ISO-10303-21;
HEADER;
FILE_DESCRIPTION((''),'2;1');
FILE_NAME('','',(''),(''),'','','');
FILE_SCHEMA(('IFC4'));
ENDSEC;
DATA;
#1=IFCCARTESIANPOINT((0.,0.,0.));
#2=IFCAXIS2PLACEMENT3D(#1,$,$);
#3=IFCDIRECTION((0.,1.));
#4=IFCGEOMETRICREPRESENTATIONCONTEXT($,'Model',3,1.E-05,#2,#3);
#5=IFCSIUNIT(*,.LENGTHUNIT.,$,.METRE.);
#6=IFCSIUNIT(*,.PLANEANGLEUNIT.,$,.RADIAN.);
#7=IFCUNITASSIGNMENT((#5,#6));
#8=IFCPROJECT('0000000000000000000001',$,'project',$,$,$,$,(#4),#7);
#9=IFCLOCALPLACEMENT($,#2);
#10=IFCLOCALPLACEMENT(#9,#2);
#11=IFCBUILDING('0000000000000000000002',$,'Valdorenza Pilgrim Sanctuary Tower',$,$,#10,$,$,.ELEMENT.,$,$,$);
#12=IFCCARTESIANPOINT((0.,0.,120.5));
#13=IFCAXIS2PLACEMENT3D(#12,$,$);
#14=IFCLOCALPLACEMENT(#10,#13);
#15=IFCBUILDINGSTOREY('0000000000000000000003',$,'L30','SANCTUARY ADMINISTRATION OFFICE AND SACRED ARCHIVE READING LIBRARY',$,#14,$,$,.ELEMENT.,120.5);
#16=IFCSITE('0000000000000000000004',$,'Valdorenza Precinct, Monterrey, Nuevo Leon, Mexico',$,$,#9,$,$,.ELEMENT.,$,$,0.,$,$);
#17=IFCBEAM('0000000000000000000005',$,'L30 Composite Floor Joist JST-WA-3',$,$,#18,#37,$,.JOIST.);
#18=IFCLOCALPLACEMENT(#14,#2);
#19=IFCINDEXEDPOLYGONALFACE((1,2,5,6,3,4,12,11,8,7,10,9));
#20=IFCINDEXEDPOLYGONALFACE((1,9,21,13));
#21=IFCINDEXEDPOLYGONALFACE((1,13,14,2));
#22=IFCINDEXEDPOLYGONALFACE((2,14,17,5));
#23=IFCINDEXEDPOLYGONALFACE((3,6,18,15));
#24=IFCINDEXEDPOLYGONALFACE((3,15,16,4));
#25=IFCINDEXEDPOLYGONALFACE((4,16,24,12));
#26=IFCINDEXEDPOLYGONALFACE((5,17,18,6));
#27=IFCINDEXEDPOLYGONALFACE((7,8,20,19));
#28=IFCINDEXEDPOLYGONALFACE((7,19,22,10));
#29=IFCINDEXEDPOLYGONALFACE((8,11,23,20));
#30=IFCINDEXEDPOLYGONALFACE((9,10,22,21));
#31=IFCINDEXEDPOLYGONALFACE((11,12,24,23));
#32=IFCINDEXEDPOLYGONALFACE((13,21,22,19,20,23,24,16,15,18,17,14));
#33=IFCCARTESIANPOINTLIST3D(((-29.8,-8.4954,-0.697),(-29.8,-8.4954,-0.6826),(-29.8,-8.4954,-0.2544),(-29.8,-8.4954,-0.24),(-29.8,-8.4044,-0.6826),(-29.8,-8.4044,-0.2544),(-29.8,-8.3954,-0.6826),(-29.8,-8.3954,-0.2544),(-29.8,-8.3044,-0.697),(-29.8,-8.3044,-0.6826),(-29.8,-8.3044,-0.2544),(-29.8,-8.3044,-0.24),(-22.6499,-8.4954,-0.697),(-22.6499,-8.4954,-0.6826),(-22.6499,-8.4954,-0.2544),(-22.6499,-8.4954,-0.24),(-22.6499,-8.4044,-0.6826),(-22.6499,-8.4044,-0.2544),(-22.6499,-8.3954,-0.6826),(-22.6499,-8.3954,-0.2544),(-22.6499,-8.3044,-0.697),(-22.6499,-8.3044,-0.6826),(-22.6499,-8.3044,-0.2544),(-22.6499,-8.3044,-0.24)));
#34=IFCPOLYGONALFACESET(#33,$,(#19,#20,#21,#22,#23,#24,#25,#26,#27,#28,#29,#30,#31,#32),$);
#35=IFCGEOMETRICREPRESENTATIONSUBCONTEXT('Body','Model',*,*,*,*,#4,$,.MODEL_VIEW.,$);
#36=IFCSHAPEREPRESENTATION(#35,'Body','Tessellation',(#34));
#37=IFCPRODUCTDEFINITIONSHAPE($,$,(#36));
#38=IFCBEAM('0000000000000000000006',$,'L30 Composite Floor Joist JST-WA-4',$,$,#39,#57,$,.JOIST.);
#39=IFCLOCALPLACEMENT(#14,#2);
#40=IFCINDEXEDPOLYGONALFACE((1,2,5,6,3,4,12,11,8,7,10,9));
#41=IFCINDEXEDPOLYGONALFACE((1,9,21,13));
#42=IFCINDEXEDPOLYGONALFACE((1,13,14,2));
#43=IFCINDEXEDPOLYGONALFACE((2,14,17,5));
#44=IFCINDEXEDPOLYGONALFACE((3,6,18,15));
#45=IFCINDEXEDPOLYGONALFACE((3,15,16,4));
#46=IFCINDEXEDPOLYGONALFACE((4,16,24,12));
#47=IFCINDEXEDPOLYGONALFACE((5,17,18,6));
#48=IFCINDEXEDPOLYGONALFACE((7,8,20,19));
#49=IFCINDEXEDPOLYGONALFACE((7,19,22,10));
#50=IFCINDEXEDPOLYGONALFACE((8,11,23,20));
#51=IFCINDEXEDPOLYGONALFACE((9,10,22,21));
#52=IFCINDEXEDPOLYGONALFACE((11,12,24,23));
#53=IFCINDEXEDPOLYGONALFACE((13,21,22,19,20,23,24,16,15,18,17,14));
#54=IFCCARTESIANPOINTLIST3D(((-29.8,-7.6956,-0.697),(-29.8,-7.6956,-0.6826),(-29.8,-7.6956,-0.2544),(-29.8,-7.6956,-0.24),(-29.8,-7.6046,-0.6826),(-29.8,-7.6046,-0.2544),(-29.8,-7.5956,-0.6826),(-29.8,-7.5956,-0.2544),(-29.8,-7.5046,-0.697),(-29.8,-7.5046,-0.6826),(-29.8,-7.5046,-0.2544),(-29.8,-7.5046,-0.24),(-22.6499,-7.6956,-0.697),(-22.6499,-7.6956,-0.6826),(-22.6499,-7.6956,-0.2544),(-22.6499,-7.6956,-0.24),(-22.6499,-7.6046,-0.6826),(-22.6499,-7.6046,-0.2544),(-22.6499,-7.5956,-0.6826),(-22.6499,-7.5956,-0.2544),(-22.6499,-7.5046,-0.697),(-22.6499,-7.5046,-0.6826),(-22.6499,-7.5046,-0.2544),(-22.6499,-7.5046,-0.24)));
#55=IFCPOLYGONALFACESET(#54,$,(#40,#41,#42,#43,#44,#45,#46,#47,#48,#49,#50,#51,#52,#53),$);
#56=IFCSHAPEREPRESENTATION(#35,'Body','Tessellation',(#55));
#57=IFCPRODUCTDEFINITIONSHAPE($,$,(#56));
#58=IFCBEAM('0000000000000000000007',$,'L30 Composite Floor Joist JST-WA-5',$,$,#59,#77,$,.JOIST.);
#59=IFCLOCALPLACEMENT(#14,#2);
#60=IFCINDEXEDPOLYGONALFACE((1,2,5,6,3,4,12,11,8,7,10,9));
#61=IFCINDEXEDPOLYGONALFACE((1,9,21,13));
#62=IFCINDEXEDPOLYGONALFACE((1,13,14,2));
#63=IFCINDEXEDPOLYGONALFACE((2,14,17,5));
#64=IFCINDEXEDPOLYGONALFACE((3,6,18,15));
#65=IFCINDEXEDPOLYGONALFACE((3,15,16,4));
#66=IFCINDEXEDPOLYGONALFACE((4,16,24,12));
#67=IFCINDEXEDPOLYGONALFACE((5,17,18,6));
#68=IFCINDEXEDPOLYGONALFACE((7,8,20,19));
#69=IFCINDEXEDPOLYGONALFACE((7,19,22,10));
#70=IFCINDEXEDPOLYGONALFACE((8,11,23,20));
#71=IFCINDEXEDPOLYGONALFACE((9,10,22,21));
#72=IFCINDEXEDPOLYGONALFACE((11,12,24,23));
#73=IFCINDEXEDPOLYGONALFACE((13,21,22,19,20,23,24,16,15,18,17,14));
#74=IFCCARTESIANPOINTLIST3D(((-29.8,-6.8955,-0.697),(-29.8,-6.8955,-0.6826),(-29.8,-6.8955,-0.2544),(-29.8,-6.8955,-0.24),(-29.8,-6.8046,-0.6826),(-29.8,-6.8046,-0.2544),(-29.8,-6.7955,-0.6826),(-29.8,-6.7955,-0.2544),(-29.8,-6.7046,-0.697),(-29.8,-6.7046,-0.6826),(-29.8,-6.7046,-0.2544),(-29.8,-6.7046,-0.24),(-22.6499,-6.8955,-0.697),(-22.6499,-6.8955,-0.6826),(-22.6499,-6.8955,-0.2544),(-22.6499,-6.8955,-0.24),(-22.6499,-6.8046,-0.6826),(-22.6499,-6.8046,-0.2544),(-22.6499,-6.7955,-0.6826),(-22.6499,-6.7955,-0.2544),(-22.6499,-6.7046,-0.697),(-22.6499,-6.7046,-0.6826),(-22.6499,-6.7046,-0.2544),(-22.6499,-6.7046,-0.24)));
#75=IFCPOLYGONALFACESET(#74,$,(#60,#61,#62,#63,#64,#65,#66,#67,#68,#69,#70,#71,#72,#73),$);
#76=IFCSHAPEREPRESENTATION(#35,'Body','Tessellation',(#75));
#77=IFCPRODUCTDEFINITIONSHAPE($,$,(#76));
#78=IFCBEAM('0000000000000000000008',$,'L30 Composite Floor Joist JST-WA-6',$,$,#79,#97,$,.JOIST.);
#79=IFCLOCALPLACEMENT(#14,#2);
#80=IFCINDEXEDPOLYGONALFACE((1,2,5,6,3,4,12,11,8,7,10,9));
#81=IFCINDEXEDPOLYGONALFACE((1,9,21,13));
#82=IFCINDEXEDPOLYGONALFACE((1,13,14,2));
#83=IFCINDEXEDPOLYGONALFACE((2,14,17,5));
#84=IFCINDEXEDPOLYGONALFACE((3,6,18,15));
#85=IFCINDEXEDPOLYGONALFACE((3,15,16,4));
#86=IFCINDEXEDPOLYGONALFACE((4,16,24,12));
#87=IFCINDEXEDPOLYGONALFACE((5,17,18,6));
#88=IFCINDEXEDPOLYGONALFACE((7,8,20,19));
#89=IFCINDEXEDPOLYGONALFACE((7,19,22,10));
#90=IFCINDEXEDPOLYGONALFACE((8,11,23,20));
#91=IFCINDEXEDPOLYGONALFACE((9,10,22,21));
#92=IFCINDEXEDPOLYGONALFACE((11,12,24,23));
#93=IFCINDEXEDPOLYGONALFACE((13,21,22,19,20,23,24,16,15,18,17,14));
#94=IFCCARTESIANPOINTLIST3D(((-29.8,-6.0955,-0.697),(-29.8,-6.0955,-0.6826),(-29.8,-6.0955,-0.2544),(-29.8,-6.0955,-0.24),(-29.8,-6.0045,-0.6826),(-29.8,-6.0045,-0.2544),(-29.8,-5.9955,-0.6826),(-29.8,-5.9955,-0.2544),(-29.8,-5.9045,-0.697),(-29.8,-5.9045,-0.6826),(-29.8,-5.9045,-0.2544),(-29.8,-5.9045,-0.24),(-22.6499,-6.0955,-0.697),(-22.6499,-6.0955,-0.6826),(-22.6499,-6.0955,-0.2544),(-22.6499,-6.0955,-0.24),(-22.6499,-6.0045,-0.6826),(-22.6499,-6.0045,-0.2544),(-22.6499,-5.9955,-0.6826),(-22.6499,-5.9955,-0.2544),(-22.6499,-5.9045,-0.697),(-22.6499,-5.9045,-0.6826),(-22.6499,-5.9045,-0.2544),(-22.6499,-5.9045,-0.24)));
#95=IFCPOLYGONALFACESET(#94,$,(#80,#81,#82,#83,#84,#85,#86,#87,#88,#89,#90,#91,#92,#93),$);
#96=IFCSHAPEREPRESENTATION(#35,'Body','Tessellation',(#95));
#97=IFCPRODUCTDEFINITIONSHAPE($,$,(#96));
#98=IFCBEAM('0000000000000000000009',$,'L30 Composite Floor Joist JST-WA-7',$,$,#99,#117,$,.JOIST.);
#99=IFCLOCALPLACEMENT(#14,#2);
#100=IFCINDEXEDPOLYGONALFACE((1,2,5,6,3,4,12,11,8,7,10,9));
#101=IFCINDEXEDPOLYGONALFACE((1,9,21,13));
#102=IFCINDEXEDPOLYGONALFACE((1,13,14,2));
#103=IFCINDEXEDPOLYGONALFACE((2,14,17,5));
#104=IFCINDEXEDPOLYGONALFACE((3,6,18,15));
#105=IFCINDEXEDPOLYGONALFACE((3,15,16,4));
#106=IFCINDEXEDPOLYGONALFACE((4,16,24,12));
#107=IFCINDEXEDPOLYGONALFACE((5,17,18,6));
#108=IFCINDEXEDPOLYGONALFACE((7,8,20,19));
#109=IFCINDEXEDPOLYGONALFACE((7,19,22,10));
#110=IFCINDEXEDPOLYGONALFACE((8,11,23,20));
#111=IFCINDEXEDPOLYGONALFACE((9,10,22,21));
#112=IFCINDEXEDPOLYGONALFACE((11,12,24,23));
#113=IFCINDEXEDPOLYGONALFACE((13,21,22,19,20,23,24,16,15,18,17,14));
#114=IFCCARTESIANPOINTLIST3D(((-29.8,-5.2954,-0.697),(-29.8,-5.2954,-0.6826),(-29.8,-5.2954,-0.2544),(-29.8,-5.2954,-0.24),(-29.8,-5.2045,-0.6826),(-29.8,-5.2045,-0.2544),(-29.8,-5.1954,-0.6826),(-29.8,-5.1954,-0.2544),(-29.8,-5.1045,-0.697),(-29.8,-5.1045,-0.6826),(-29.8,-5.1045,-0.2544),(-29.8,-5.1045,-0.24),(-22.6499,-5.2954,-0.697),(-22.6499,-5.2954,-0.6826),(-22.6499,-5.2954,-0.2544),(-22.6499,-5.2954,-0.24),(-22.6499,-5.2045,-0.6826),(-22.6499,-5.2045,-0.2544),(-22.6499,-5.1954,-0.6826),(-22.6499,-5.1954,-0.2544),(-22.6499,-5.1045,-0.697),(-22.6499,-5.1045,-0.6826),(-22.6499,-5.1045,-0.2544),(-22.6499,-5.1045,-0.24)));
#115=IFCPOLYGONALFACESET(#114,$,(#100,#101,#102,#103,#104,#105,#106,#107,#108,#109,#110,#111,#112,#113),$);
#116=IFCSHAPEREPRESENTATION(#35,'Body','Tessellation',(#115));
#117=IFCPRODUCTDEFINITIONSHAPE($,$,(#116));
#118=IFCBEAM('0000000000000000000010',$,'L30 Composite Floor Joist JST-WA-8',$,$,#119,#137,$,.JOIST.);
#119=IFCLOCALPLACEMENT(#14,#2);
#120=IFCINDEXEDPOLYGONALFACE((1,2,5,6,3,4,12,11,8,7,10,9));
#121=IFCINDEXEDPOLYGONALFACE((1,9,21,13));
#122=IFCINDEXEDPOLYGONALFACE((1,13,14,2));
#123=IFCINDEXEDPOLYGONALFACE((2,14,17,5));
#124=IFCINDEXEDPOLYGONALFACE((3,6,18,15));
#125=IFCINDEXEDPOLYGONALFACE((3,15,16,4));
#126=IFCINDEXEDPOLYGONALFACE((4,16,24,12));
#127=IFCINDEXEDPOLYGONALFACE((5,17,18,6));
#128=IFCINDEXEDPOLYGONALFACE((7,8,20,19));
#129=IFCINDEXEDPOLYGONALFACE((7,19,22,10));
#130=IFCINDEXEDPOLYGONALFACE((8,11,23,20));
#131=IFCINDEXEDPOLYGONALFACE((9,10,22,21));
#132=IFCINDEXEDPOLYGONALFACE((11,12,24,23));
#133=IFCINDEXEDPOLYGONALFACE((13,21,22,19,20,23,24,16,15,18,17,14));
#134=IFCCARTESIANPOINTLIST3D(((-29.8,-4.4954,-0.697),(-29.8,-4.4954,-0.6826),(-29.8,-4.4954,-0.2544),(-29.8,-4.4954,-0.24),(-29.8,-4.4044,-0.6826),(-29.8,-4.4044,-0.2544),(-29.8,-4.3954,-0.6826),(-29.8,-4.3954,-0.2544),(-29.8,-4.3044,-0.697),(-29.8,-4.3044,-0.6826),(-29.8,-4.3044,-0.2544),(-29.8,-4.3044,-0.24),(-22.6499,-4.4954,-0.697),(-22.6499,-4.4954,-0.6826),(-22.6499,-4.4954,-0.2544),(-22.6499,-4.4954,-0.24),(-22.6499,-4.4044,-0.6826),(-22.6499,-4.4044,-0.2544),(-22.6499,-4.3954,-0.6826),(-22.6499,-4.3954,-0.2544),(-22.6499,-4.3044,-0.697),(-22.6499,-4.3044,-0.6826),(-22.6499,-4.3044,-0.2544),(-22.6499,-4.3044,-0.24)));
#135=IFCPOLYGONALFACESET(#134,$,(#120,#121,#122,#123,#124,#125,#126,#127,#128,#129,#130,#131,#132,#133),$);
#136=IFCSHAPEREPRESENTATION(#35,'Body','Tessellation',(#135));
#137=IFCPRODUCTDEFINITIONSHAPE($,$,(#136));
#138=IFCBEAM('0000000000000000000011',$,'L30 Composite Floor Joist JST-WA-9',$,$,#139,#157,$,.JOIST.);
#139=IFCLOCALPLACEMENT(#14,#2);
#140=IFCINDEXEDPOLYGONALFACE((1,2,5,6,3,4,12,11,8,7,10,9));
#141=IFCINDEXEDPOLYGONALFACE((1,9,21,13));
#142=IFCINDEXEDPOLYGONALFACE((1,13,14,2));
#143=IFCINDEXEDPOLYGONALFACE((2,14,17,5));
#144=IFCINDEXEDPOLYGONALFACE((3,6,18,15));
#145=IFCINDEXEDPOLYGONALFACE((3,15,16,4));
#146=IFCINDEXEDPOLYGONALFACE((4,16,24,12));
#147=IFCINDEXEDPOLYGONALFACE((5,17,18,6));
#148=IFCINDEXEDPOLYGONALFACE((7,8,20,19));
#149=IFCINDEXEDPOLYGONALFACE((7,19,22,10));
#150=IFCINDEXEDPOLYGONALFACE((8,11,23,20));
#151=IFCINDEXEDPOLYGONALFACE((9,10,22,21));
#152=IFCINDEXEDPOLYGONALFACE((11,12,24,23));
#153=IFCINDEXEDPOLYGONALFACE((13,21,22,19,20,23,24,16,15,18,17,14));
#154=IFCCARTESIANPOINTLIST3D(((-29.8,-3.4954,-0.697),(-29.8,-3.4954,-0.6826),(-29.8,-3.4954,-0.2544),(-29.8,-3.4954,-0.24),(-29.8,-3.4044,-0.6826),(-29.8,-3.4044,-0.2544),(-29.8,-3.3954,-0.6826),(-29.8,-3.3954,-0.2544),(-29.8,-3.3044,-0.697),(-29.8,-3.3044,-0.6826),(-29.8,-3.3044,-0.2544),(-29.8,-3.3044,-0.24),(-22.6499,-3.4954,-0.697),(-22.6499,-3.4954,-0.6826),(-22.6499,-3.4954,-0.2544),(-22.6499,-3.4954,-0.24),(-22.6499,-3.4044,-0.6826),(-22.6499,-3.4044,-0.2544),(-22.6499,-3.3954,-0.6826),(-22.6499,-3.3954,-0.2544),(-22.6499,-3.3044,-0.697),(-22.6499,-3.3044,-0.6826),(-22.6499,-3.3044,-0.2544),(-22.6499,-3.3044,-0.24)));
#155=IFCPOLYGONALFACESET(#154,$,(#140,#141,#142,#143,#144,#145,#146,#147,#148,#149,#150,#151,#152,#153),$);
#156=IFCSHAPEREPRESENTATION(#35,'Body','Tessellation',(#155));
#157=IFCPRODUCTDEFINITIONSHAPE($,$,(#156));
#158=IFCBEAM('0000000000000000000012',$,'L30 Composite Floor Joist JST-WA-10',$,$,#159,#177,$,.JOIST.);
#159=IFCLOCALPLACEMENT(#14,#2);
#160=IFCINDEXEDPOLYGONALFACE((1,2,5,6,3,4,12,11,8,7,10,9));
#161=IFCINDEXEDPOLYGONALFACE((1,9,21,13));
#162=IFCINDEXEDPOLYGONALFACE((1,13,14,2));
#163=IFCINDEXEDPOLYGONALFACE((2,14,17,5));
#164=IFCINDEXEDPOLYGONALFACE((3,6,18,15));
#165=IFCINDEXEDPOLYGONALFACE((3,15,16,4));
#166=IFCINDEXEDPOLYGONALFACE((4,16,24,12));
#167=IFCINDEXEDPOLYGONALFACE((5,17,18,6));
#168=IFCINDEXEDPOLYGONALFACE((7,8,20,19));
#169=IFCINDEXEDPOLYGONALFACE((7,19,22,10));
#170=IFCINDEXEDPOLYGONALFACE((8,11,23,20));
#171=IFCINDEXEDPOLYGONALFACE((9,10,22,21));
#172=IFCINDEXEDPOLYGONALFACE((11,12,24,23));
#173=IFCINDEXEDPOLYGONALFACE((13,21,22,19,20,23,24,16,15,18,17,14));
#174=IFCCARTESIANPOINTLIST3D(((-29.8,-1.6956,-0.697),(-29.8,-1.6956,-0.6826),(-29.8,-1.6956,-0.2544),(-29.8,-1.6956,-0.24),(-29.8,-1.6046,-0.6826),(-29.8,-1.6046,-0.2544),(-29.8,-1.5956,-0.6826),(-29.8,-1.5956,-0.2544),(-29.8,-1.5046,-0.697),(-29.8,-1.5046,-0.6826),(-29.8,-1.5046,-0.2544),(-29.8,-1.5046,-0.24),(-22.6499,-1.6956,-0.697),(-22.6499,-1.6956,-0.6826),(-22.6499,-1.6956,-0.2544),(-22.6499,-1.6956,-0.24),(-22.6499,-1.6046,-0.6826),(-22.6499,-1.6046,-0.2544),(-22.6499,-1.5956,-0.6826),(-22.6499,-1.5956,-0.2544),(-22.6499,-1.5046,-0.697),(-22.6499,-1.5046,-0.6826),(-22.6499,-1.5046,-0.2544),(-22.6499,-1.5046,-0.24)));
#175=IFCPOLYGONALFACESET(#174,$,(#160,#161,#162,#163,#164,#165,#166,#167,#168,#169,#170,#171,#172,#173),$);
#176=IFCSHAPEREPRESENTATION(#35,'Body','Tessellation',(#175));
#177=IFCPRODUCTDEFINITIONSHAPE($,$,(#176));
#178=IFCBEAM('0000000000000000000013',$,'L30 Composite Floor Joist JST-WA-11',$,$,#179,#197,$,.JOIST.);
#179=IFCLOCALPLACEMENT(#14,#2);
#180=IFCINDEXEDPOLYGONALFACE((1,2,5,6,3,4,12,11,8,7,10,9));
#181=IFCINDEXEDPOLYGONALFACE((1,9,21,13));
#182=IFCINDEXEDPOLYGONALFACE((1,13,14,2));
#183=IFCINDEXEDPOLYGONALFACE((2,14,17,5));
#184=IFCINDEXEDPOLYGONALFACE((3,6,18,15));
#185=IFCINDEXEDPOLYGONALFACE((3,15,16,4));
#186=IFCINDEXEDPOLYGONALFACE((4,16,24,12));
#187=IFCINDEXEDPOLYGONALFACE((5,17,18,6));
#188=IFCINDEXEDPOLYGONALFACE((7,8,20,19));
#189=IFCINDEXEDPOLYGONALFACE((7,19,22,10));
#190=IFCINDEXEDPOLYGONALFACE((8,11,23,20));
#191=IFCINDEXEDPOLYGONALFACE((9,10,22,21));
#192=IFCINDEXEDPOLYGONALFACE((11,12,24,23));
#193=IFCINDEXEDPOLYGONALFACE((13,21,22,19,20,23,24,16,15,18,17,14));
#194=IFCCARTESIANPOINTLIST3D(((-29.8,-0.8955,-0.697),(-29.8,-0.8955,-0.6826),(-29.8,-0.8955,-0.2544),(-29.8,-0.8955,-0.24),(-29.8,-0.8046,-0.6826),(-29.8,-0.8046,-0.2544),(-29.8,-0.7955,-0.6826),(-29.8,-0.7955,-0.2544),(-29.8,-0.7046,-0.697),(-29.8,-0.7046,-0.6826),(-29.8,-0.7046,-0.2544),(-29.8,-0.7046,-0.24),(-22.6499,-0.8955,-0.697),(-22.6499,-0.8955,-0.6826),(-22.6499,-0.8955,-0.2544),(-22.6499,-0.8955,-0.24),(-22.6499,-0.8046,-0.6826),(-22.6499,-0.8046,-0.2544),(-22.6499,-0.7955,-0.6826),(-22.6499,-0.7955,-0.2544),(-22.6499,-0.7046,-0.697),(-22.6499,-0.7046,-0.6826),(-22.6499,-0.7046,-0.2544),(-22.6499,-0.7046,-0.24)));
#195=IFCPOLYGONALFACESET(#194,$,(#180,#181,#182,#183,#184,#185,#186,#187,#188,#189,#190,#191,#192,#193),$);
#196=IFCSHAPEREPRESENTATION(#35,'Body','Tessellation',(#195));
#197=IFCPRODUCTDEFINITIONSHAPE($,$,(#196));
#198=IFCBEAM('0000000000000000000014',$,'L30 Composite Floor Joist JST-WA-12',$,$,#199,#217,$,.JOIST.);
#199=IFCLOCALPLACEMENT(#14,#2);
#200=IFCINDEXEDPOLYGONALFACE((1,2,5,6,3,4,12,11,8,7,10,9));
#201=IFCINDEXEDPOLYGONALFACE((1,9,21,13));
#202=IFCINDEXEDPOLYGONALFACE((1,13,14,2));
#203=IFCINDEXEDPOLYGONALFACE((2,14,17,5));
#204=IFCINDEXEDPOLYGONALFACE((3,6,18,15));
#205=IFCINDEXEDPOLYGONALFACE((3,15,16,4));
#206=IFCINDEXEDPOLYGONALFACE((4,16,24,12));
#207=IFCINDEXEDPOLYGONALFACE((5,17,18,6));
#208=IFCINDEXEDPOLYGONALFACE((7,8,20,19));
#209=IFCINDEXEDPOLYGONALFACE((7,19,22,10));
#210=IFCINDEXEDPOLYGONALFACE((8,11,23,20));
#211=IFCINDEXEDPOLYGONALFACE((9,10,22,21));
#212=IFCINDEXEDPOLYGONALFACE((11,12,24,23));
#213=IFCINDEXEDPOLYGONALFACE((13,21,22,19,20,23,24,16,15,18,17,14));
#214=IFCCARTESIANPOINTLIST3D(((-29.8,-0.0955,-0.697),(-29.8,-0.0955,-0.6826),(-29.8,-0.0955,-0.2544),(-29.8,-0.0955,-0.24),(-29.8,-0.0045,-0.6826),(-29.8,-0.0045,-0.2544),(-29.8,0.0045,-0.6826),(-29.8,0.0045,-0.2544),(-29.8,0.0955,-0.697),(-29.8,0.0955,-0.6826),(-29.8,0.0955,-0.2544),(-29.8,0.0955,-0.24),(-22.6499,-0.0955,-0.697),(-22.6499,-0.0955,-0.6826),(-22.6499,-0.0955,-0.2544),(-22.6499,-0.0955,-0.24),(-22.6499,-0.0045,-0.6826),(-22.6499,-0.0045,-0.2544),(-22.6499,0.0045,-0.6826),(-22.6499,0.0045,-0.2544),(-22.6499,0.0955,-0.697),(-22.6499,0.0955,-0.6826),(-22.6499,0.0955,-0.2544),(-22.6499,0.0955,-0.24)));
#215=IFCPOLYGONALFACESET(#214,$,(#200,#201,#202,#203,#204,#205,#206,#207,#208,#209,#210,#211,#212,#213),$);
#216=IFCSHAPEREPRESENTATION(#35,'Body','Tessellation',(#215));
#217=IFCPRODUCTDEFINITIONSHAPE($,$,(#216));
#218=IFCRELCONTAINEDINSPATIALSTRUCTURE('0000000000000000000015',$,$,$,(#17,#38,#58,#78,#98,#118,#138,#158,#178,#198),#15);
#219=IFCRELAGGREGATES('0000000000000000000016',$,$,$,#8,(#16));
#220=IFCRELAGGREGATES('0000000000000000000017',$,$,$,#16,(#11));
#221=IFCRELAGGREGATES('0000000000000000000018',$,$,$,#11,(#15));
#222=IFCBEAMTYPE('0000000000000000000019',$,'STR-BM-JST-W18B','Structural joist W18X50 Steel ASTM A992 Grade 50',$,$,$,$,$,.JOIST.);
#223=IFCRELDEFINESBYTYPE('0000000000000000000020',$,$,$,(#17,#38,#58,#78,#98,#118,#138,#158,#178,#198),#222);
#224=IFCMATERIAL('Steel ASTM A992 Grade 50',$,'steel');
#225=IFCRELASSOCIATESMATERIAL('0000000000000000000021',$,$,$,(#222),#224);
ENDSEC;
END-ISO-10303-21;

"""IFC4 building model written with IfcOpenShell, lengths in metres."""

from ifc_helpers import new_model, si_unit, direction, frame, origin, origin_2d, place, context, subcontext, project, spatial, i_section, extrude, source, transform, mapped, material, material_profile, profile_set, type_object, element, save


model = new_model("IFC4")

# Units and contexts
model_context = context("Model", 3, precision=1e-05, world=origin(), true_north=direction((0.0, 1.0)))
body_context = subcontext(model_context, "Body", "Model", "MODEL_VIEW")
ifc_project = project(units=[si_unit("LENGTHUNIT", "METRE"), si_unit("PLANEANGLEUNIT", "RADIAN")], contexts=[model_context])

# Site, building, storey
site_placement = place(None, origin())
site = spatial("IfcSite", under=ifc_project, at=site_placement, Name="Valdorenza Precinct, Monterrey, Nuevo Leon, Mexico", CompositionType="ELEMENT", RefElevation=0.0)
building_placement = place(site_placement, origin())
building = spatial("IfcBuilding", under=site, at=building_placement, Name="Valdorenza Pilgrim Sanctuary Tower", CompositionType="ELEMENT")
storey_placement = place(building_placement, frame((0.0, 0.0, 120.5)))
storey = spatial("IfcBuildingStorey", under=building, at=storey_placement, Name="L30", Description="SANCTUARY ADMINISTRATION OFFICE AND SACRED ARCHIVE READING LIBRARY", CompositionType="ELEMENT", Elevation=120.5)

# Beams
ifc_material_1 = material(Name="Steel ASTM A992 Grade 50", Category="steel")
ifc_material_profile_1 = material_profile(ifc_material_1, i_section(OverallWidth=0.1909, OverallDepth=0.457, WebThickness=0.009, FlangeThickness=0.0144, at=origin_2d()), Name="W18X50")
ifc_profile_set_1 = profile_set([ifc_material_profile_1], Name="Steel ASTM A992 Grade 50")
beam_type_1 = type_object("IfcBeamType", Name="STR-BM-JST-W18B", Description="Structural joist W18X50 Steel ASTM A992 Grade 50", PredefinedType="JOIST", material=ifc_profile_set_1)
shared_shape_1 = source(origin(), body_context, "Body", "SweptSolid", [
    extrude(i_section(OverallWidth=0.1909, OverallDepth=0.457, WebThickness=0.009, FlangeThickness=0.0144, at=origin_2d()), origin(), (0.0, 0.0, 1.0), 7.1501),
])
for number, where, z_axis, x_axis, name in (
    (1, (-29.8, -8.3999, -0.4685), (1.0, 0.0, 0.0), (0.0, 1.0, 0.0), "L30 Composite Floor Joist JST-WA-3"),
    (2, (-29.8, -7.6001, -0.4685), (1.0, 0.0, 0.0), (0.0, 1.0, 0.0), "L30 Composite Floor Joist JST-WA-4"),
    (3, (-29.8, -6.8, -0.4685), (1.0, 0.0, 0.0), (0.0, 1.0, 0.0), "L30 Composite Floor Joist JST-WA-5"),
    (4, (-29.8, -6.0, -0.4685), (1.0, 0.0, 0.0), (0.0, 1.0, 0.0), "L30 Composite Floor Joist JST-WA-6"),
    (5, (-29.8, -5.2, -0.4685), (1.0, 0.0, 0.0), (0.0, 1.0, 0.0), "L30 Composite Floor Joist JST-WA-7"),
    (6, (-29.8, -4.3999, -0.4685), (1.0, 0.0, 0.0), (0.0, 1.0, 0.0), "L30 Composite Floor Joist JST-WA-8"),
    (7, (-29.8, -3.3999, -0.4685), (1.0, 0.0, 0.0), (0.0, 1.0, 0.0), "L30 Composite Floor Joist JST-WA-9"),
    (8, (-29.8, -1.6001, -0.4685), (1.0, 0.0, 0.0), (0.0, 1.0, 0.0), "L30 Composite Floor Joist JST-WA-10"),
    (9, (-29.8, -0.8, -0.4685), (1.0, 0.0, 0.0), (0.0, 1.0, 0.0), "L30 Composite Floor Joist JST-WA-11"),
    (10, (-29.8, 0.0, -0.4685), (1.0, 0.0, 0.0), (0.0, 1.0, 0.0), "L30 Composite Floor Joist JST-WA-12"),
):
    element("IfcBeam", number, at=place(storey_placement, frame(where, z_axis=z_axis, x_axis=x_axis)), inside=storey, type_object=beam_type_1, Name=name, PredefinedType="JOIST", context=body_context, shape_type="MappedRepresentation", body=[
        mapped(shared_shape_1, transform((0.0, 0.0, 0.0), x_axis=(1.0, 0.0, 0.0), y_axis=(0.0, 1.0, 0.0), z_axis=(0.0, 0.0, 1.0), scale=1.0)),
    ])

save(model, "model.ifc")
